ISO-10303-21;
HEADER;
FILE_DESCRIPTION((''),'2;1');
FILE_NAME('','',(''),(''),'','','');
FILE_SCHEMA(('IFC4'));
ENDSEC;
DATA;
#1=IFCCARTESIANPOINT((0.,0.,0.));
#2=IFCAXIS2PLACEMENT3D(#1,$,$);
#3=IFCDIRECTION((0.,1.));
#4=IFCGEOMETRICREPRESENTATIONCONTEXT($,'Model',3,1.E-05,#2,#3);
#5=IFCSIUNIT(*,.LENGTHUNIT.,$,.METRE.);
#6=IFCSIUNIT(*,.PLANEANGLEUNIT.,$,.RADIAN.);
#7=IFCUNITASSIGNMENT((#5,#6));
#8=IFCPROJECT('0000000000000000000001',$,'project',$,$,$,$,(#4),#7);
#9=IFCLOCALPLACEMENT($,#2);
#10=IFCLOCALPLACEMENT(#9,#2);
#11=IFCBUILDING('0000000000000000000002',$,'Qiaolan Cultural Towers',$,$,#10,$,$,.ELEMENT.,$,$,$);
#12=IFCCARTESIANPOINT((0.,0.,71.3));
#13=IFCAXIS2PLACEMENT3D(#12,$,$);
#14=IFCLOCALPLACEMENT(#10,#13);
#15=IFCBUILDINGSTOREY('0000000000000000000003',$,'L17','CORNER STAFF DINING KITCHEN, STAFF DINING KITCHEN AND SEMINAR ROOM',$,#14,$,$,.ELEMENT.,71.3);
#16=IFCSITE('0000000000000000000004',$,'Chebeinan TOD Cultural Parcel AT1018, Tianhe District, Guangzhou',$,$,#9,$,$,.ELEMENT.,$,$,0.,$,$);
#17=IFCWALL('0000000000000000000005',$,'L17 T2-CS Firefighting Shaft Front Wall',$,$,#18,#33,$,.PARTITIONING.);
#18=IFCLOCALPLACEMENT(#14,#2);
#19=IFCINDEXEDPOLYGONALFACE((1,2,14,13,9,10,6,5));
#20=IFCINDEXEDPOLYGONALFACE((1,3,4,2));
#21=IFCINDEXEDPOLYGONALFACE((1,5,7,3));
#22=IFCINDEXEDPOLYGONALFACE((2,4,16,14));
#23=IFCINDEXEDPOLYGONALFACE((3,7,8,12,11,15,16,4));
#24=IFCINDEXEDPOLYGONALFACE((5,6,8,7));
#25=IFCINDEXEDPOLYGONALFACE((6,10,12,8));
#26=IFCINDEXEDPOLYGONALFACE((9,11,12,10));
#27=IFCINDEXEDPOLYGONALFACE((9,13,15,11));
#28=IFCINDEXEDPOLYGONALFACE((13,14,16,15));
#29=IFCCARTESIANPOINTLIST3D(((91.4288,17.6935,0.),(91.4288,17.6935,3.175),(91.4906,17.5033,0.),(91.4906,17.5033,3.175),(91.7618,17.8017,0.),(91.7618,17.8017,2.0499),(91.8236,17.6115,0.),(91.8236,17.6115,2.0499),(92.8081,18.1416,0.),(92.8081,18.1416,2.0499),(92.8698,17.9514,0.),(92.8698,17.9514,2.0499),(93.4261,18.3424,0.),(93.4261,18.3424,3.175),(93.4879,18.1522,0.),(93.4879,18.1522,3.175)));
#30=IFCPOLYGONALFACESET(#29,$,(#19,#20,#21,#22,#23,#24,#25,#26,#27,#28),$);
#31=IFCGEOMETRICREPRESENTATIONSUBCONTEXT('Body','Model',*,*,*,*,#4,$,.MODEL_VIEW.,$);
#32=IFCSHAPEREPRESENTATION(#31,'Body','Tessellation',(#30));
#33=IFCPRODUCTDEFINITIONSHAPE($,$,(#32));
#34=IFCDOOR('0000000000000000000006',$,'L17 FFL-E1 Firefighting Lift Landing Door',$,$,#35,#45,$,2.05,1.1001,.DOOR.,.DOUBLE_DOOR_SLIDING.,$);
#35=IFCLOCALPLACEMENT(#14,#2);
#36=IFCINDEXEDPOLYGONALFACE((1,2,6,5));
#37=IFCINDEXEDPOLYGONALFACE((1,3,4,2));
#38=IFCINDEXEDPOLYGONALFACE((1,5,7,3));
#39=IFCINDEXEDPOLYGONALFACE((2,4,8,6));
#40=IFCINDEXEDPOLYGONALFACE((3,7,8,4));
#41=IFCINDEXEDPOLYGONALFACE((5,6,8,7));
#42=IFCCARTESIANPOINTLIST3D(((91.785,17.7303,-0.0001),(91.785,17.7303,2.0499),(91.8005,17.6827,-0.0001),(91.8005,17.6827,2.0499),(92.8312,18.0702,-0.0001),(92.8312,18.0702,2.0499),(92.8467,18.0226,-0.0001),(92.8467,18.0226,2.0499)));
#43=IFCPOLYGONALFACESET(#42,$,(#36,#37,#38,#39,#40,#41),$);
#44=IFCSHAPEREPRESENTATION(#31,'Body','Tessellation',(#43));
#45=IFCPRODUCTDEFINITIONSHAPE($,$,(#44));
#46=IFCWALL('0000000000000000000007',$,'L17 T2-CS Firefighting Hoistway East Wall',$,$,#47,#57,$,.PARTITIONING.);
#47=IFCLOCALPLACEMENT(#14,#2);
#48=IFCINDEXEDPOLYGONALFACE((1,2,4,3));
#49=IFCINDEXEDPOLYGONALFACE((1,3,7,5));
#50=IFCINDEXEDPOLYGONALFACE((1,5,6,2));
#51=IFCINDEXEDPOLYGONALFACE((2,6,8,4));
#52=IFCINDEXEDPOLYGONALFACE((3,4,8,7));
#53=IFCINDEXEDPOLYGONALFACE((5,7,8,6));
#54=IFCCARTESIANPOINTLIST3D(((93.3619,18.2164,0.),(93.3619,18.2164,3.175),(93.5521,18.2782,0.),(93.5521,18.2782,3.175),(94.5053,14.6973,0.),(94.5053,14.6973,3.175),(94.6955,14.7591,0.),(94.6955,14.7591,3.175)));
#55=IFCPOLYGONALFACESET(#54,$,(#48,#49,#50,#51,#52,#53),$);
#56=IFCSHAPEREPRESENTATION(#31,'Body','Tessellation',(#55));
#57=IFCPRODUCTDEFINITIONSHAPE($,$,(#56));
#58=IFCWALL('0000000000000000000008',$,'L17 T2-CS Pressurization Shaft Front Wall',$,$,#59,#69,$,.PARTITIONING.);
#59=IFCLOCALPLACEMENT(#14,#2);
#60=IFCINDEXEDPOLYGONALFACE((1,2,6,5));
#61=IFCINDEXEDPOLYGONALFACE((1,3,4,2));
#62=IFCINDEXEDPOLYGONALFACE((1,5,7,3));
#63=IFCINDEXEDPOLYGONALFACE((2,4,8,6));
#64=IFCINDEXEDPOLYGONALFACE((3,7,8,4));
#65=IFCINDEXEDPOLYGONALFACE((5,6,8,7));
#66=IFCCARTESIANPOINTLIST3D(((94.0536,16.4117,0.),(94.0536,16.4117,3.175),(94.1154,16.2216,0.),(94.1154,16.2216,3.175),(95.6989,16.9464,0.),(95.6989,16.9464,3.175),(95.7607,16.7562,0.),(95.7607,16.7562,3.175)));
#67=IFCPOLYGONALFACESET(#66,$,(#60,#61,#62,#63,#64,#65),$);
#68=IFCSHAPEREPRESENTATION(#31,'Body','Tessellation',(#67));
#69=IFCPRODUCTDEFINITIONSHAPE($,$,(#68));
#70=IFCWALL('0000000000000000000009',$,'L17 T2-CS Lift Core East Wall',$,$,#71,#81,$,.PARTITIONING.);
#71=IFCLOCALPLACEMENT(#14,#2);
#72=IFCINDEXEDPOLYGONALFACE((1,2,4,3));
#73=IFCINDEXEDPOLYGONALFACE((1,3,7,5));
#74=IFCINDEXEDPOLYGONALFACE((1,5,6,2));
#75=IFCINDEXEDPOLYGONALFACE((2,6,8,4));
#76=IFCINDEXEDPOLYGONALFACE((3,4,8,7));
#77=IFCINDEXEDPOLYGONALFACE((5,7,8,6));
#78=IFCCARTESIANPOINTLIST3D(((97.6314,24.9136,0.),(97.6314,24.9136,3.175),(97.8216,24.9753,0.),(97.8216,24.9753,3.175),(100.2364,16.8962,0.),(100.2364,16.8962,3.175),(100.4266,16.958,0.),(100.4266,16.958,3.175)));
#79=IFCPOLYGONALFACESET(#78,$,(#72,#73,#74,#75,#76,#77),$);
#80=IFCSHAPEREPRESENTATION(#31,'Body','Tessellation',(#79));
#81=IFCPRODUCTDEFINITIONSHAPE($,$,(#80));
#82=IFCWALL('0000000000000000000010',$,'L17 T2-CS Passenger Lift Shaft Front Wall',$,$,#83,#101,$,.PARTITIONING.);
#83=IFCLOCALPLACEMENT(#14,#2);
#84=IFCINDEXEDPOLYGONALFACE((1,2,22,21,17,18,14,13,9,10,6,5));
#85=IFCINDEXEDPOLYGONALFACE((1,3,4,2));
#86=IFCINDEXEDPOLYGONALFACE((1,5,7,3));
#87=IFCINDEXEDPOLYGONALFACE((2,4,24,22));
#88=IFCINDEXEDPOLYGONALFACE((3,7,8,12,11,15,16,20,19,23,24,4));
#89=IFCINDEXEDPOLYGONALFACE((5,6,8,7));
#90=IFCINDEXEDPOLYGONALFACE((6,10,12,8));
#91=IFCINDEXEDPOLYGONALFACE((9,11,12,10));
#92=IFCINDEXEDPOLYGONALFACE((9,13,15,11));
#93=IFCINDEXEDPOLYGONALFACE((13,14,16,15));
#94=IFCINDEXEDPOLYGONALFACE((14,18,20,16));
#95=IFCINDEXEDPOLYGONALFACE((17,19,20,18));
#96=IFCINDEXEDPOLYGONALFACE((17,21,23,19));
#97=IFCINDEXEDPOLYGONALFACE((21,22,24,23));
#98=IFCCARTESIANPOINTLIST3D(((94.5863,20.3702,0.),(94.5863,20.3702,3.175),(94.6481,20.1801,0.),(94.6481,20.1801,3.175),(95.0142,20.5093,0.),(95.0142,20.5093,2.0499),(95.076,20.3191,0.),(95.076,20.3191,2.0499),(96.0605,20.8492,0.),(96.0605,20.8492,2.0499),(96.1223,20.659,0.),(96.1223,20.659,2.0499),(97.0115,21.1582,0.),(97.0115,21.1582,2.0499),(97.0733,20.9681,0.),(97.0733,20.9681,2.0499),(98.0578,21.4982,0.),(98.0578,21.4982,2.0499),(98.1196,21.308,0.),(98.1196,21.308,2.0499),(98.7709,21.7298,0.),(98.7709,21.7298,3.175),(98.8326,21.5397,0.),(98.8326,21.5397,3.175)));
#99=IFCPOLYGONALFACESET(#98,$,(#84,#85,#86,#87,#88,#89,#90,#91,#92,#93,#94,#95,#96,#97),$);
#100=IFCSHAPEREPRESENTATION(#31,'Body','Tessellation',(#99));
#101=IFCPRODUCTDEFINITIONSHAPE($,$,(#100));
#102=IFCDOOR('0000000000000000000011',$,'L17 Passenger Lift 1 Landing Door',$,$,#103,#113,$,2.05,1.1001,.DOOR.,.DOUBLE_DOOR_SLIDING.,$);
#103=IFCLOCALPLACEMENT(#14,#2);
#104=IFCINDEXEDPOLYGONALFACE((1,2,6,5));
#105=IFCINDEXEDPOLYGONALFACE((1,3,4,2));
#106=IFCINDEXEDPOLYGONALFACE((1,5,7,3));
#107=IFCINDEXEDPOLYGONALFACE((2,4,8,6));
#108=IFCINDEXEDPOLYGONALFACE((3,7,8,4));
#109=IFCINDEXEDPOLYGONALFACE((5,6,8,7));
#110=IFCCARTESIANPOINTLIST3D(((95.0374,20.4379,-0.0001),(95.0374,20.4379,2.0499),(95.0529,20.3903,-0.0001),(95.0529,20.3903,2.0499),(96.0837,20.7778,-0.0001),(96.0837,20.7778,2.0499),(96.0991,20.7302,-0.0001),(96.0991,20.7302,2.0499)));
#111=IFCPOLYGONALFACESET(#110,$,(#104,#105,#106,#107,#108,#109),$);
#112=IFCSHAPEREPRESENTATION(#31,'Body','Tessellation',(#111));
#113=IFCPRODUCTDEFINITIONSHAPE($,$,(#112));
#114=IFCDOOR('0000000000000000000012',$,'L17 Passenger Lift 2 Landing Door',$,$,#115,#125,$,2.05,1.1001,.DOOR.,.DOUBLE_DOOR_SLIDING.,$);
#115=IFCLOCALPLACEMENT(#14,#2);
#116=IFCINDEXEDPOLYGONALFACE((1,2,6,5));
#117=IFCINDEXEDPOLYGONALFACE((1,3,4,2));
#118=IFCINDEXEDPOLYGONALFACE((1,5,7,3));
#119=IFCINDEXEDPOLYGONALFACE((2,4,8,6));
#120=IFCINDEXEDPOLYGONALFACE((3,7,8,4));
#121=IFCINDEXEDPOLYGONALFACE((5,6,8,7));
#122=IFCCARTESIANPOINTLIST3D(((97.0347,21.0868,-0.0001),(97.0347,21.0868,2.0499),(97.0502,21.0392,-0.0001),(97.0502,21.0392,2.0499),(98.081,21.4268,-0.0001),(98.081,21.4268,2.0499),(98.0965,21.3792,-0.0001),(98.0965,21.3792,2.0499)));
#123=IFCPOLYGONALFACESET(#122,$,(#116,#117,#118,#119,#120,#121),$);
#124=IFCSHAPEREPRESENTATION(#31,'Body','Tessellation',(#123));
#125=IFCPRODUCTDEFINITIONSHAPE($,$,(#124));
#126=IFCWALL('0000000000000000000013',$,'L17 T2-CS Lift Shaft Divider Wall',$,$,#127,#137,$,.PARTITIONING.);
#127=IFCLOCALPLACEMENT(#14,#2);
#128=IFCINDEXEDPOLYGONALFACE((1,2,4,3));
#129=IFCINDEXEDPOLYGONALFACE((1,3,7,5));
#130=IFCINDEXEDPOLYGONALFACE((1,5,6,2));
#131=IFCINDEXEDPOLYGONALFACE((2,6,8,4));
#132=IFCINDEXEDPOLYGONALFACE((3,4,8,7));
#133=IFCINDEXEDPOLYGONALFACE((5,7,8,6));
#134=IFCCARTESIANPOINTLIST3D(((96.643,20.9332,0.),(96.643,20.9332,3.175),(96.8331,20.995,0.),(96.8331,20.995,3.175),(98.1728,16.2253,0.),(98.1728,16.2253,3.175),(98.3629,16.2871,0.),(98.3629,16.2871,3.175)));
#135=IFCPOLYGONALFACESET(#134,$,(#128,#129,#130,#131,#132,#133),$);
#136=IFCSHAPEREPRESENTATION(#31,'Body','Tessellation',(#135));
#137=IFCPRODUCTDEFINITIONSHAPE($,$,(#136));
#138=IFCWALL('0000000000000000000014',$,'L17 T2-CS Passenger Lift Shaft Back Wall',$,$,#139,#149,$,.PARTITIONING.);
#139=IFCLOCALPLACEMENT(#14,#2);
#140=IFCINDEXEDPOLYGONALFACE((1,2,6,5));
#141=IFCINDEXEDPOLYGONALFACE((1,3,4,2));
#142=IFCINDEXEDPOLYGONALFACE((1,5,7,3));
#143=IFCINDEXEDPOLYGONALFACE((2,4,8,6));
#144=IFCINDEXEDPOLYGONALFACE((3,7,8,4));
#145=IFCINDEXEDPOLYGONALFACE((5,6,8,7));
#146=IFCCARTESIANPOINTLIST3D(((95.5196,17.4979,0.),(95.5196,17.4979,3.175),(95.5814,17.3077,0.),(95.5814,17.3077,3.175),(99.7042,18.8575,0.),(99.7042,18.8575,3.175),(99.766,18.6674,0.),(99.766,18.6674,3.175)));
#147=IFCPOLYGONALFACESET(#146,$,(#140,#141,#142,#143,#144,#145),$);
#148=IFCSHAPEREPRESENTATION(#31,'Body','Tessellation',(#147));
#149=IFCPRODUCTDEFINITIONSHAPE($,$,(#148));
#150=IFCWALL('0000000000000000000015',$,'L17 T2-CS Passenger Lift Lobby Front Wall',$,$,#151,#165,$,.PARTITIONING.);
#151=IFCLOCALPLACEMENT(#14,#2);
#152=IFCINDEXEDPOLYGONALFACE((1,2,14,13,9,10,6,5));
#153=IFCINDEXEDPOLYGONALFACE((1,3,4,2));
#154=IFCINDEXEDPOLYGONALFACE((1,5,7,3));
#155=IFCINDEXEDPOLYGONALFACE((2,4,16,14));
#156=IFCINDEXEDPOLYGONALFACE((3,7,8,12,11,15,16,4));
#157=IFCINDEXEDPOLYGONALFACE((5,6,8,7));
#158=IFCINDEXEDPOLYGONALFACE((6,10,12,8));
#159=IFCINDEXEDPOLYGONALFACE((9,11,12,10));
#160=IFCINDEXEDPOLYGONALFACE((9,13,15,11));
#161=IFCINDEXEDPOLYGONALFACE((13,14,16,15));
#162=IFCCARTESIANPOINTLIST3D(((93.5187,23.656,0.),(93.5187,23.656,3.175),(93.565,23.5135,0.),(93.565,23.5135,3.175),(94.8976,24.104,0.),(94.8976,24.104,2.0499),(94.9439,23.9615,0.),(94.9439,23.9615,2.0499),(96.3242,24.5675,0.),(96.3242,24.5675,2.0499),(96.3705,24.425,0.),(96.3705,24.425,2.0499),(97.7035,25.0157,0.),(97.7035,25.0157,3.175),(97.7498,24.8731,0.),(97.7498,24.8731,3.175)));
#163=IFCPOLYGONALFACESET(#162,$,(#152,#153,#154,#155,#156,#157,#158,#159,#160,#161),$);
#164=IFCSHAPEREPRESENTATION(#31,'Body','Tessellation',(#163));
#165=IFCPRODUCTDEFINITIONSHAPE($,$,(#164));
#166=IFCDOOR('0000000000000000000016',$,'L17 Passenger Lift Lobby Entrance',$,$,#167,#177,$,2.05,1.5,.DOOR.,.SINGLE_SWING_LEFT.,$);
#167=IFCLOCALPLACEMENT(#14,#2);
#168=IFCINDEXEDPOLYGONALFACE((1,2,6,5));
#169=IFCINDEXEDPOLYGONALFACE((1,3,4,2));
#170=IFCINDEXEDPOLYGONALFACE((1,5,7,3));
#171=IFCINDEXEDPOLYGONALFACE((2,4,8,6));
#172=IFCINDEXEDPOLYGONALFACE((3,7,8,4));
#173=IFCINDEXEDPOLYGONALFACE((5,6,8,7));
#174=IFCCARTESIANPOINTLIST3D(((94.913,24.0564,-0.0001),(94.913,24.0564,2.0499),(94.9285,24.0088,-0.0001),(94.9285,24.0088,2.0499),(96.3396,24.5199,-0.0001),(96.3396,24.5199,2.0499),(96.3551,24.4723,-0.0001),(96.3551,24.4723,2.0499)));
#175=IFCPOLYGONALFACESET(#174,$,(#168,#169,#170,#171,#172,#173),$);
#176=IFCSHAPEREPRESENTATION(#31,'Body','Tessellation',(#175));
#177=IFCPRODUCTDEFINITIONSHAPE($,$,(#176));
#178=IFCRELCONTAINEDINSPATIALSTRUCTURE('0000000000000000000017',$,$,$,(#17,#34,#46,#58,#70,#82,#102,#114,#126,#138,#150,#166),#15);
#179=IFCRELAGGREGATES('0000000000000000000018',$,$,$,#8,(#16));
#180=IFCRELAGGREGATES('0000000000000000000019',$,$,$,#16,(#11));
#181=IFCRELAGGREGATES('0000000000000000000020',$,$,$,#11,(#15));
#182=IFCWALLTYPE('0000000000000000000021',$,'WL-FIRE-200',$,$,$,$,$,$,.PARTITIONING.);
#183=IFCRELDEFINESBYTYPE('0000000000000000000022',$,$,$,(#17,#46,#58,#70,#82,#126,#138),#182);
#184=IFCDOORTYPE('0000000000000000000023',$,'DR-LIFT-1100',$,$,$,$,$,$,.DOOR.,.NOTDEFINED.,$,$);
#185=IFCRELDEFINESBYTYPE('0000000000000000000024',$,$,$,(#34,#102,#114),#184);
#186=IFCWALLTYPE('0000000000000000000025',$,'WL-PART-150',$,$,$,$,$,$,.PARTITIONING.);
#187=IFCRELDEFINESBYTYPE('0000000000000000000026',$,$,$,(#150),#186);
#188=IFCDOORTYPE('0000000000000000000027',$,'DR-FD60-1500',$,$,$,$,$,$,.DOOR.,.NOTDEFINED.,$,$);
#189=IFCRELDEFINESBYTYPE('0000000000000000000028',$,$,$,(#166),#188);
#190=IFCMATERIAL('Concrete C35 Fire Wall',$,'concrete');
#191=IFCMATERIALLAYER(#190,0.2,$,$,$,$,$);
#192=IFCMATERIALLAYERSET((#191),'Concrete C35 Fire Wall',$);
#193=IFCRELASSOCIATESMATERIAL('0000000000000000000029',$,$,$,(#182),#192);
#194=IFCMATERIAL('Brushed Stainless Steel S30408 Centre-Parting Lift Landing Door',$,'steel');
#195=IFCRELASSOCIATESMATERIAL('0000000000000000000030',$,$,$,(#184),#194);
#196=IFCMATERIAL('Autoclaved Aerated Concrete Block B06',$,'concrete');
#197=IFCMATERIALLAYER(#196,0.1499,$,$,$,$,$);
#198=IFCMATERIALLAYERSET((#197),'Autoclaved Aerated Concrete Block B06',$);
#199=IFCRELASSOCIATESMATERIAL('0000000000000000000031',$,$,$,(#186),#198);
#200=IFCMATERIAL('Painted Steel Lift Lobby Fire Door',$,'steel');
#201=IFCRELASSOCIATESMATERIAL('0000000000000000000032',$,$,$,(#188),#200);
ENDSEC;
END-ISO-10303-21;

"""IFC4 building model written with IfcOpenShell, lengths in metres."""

from ifc_helpers import new_model, si_unit, direction, frame, frame_2d, origin, place, context, subcontext, project, spatial, rectangle, extrude, material, layer, layer_set, type_object, element, fill, save


model = new_model("IFC4")

# Units and contexts
model_context = context("Model", 3, precision=1e-05, world=origin(), true_north=direction((0.0, 1.0)))
body_context = subcontext(model_context, "Body", "Model", "MODEL_VIEW")
ifc_project = project(units=[si_unit("LENGTHUNIT", "METRE"), si_unit("PLANEANGLEUNIT", "RADIAN")], contexts=[model_context])

# Site, building, storey
site_placement = place(None, origin())
site = spatial("IfcSite", under=ifc_project, at=site_placement, Name="Chebeinan TOD Cultural Parcel AT1018, Tianhe District, Guangzhou", CompositionType="ELEMENT", RefElevation=0.0)
building_placement = place(site_placement, origin())
building = spatial("IfcBuilding", under=site, at=building_placement, Name="Qiaolan Cultural Towers", CompositionType="ELEMENT")
storey_placement = place(building_placement, frame((0.0, 0.0, 71.3)))
storey = spatial("IfcBuildingStorey", under=building, at=storey_placement, Name="L17", Description="CORNER STAFF DINING KITCHEN, STAFF DINING KITCHEN AND SEMINAR ROOM", CompositionType="ELEMENT", Elevation=71.3)

# Shared definitions
ifc_material_1 = material(Name="Concrete C35 Fire Wall", Category="concrete")
ifc_layer_1 = layer(ifc_material_1, 0.2)
ifc_layer_set_1 = layer_set([ifc_layer_1], Name="Concrete C35 Fire Wall")
wall_type_1 = type_object("IfcWallType", Name="WL-FIRE-200", PredefinedType="PARTITIONING", material=ifc_layer_set_1)

# Wall, opening, door
wall_1_placement = place(storey_placement, frame((91.4597, 17.5984, 0.0), z_axis=(0.0, 0.0, 1.0), x_axis=(0.951062, 0.308999, 0.0)))
wall_1 = element("IfcWall", 1, at=wall_1_placement, inside=storey, type_object=wall_type_1, Name="L17 T2-CS Firefighting Shaft Front Wall", PredefinedType="PARTITIONING", context=body_context, shape_type="SweptSolid", body=[
    extrude(rectangle(XDim=2.1001, YDim=0.2, at=frame_2d((1.05, 0.0))), origin(), (0.0, 0.0, 1.0), 3.175),
])
opening_1_placement = place(wall_1_placement, frame((0.3501, 0.0, 0.0)))
opening_1 = element("IfcOpeningElement", 2, at=opening_1_placement, cuts=wall_1, PredefinedType="OPENING", context=body_context, shape_type="SweptSolid", body=[
    extrude(rectangle(XDim=1.1001, YDim=2.05, at=frame_2d((0.55, 1.0249))), frame((0.0, 0.1099, 0.0), z_axis=(0.0, -1.0, 0.0), x_axis=(1.0, 0.0, 0.0)), (0.0, 0.0, 1.0), 0.22),
])
ifc_material_2 = material(Name="Brushed Stainless Steel S30408 Centre-Parting Lift Landing Door", Category="steel")
door_type_1 = type_object("IfcDoorType", Name="DR-LIFT-1100", OperationType="NOTDEFINED", PredefinedType="DOOR", material=ifc_material_2)
door_1_placement = place(opening_1_placement, origin())
door_1 = element("IfcDoor", 3, at=door_1_placement, inside=storey, type_object=door_type_1, Name="L17 FFL-E1 Firefighting Lift Landing Door", OperationType="DOUBLE_DOOR_SLIDING", OverallHeight=2.05, OverallWidth=1.1001, PredefinedType="DOOR", context=body_context, shape_type="SweptSolid", body=[
    extrude(rectangle(XDim=1.1001, YDim=2.05, at=frame_2d((0.55, 1.0249))), frame((0.0, 0.0249, 0.0), z_axis=(0.0, -1.0, 0.0), x_axis=(1.0, 0.0, 0.0)), (0.0, 0.0, 1.0), 0.05),
])
fill(opening_1, door_1)

# Walls
wall_2_placement = place(storey_placement, frame((93.457, 18.2473, 0.0), z_axis=(0.0, 0.0, 1.0), x_axis=(0.308994, -0.951064, 0.0)))
element("IfcWall", 4, at=wall_2_placement, inside=storey, type_object=wall_type_1, Name="L17 T2-CS Firefighting Hoistway East Wall", PredefinedType="PARTITIONING", context=body_context, shape_type="SweptSolid", body=[
    extrude(rectangle(XDim=3.7002, YDim=0.2, at=frame_2d((1.8501, 0.0))), origin(), (0.0, 0.0, 1.0), 3.175),
])
wall_3_placement = place(storey_placement, frame((94.0845, 16.3167, 0.0), z_axis=(0.0, 0.0, 1.0), x_axis=(0.951041, 0.309064, 0.0)))
element("IfcWall", 5, at=wall_3_placement, inside=storey, type_object=wall_type_1, Name="L17 T2-CS Pressurization Shaft Front Wall", PredefinedType="PARTITIONING", context=body_context, shape_type="SweptSolid", body=[
    extrude(rectangle(XDim=1.73, YDim=0.2, at=frame_2d((0.865, 0.0))), origin(), (0.0, 0.0, 1.0), 3.175),
])
wall_4_placement = place(storey_placement, frame((97.7266, 24.9443, 0.0), z_axis=(0.0, 0.0, 1.0), x_axis=(0.309016, -0.951057, 0.0)))
element("IfcWall", 6, at=wall_4_placement, inside=storey, type_object=wall_type_1, Name="L17 T2-CS Lift Core East Wall", PredefinedType="PARTITIONING", context=body_context, shape_type="SweptSolid", body=[
    extrude(rectangle(XDim=8.4299, YDim=0.2, at=frame_2d((4.2148, 0.0))), origin(), (0.0, 0.0, 1.0), 3.175),
])

# Wall, openings, doors
wall_5_placement = place(storey_placement, frame((94.6172, 20.2751, 0.0), z_axis=(0.0, 0.0, 1.0), x_axis=(0.951059, 0.309011, 0.0)))
wall_5 = element("IfcWall", 7, at=wall_5_placement, inside=storey, type_object=wall_type_1, Name="L17 T2-CS Passenger Lift Shaft Front Wall", PredefinedType="PARTITIONING", context=body_context, shape_type="SweptSolid", body=[
    extrude(rectangle(XDim=4.3999, YDim=0.2, at=frame_2d((2.2, 0.0))), origin(), (0.0, 0.0, 1.0), 3.175),
])
opening_2_placement = place(wall_5_placement, frame((0.45, 0.0, 0.0)))
opening_2 = element("IfcOpeningElement", 8, at=opening_2_placement, cuts=wall_5, PredefinedType="OPENING", context=body_context, shape_type="SweptSolid", body=[
    extrude(rectangle(XDim=1.1001, YDim=2.05, at=frame_2d((0.55, 1.0249))), frame((0.0, 0.1099, 0.0), z_axis=(0.0, -1.0, 0.0), x_axis=(1.0, 0.0, 0.0)), (0.0, 0.0, 1.0), 0.22),
])
opening_3_placement = place(wall_5_placement, frame((2.55, 0.0, 0.0)))
opening_3 = element("IfcOpeningElement", 9, at=opening_3_placement, cuts=wall_5, PredefinedType="OPENING", context=body_context, shape_type="SweptSolid", body=[
    extrude(rectangle(XDim=1.1001, YDim=2.05, at=frame_2d((0.55, 1.0249))), frame((0.0, 0.1099, 0.0), z_axis=(0.0, -1.0, 0.0), x_axis=(1.0, 0.0, 0.0)), (0.0, 0.0, 1.0), 0.22),
])
door_2_placement = place(opening_2_placement, origin())
door_2 = element("IfcDoor", 10, at=door_2_placement, inside=storey, type_object=door_type_1, Name="L17 Passenger Lift 1 Landing Door", OperationType="DOUBLE_DOOR_SLIDING", OverallHeight=2.05, OverallWidth=1.1001, PredefinedType="DOOR", context=body_context, shape_type="SweptSolid", body=[
    extrude(rectangle(XDim=1.1001, YDim=2.05, at=frame_2d((0.55, 1.0249))), frame((0.0, 0.0249, 0.0), z_axis=(0.0, -1.0, 0.0), x_axis=(1.0, 0.0, 0.0)), (0.0, 0.0, 1.0), 0.05),
])
fill(opening_2, door_2)
door_3_placement = place(opening_3_placement, origin())
door_3 = element("IfcDoor", 11, at=door_3_placement, inside=storey, type_object=door_type_1, Name="L17 Passenger Lift 2 Landing Door", OperationType="DOUBLE_DOOR_SLIDING", OverallHeight=2.05, OverallWidth=1.1001, PredefinedType="DOOR", context=body_context, shape_type="SweptSolid", body=[
    extrude(rectangle(XDim=1.1001, YDim=2.05, at=frame_2d((0.55, 1.0249))), frame((0.0, 0.0249, 0.0), z_axis=(0.0, -1.0, 0.0), x_axis=(1.0, 0.0, 0.0)), (0.0, 0.0, 1.0), 0.05),
])
fill(opening_3, door_3)

# Walls
wall_6_placement = place(storey_placement, frame((96.738, 20.9641, 0.0), z_axis=(0.0, 0.0, 1.0), x_axis=(0.309043, -0.951048, 0.0)))
element("IfcWall", 12, at=wall_6_placement, inside=storey, type_object=wall_type_1, Name="L17 T2-CS Lift Shaft Divider Wall", PredefinedType="PARTITIONING", context=body_context, shape_type="SweptSolid", body=[
    extrude(rectangle(XDim=4.9502, YDim=0.2, at=frame_2d((2.4751, 0.0))), origin(), (0.0, 0.0, 1.0), 3.175),
])
wall_7_placement = place(storey_placement, frame((95.5505, 17.4028, 0.0), z_axis=(0.0, 0.0, 1.0), x_axis=(0.951059, 0.309011, 0.0)))
element("IfcWall", 13, at=wall_7_placement, inside=storey, type_object=wall_type_1, Name="L17 T2-CS Passenger Lift Shaft Back Wall", PredefinedType="PARTITIONING", context=body_context, shape_type="SweptSolid", body=[
    extrude(rectangle(XDim=4.3999, YDim=0.2, at=frame_2d((2.2, 0.0))), origin(), (0.0, 0.0, 1.0), 3.175),
])

# Wall, opening, door
ifc_material_3 = material(Name="Autoclaved Aerated Concrete Block B06", Category="concrete")
ifc_layer_2 = layer(ifc_material_3, 0.1499)
ifc_layer_set_2 = layer_set([ifc_layer_2], Name="Autoclaved Aerated Concrete Block B06")
wall_type_2 = type_object("IfcWallType", Name="WL-PART-150", PredefinedType="PARTITIONING", material=ifc_layer_set_2)
wall_8_placement = place(storey_placement, frame((93.5417, 23.5847, 0.0), z_axis=(0.0, 0.0, 1.0), x_axis=(0.951064, 0.308994, 0.0)))
wall_8 = element("IfcWall", 14, at=wall_8_placement, inside=storey, type_object=wall_type_2, Name="L17 T2-CS Passenger Lift Lobby Front Wall", PredefinedType="PARTITIONING", context=body_context, shape_type="SweptSolid", body=[
    extrude(rectangle(XDim=4.4001, YDim=0.1499, at=frame_2d((2.2002, 0.0))), origin(), (0.0, 0.0, 1.0), 3.175),
])
opening_4_placement = place(wall_8_placement, frame((1.45, 0.0, 0.0)))
opening_4 = element("IfcOpeningElement", 15, at=opening_4_placement, cuts=wall_8, PredefinedType="OPENING", context=body_context, shape_type="SweptSolid", body=[
    extrude(rectangle(XDim=1.5, YDim=2.05, at=frame_2d((0.75, 1.0249))), frame((0.0, 0.085, 0.0), z_axis=(0.0, -1.0, 0.0), x_axis=(1.0, 0.0, 0.0)), (0.0, 0.0, 1.0), 0.1699),
])
ifc_material_4 = material(Name="Painted Steel Lift Lobby Fire Door", Category="steel")
door_type_2 = type_object("IfcDoorType", Name="DR-FD60-1500", OperationType="NOTDEFINED", PredefinedType="DOOR", material=ifc_material_4)
door_4_placement = place(opening_4_placement, origin())
door_4 = element("IfcDoor", 16, at=door_4_placement, inside=storey, type_object=door_type_2, Name="L17 Passenger Lift Lobby Entrance", OperationType="SINGLE_SWING_LEFT", OverallHeight=2.05, OverallWidth=1.5, PredefinedType="DOOR", context=body_context, shape_type="SweptSolid", body=[
    extrude(rectangle(XDim=1.5, YDim=2.05, at=frame_2d((0.75, 1.0249))), frame((0.0, 0.0249, 0.0), z_axis=(0.0, -1.0, 0.0), x_axis=(1.0, 0.0, 0.0)), (0.0, 0.0, 1.0), 0.05),
])
fill(opening_4, door_4)

save(model, "model.ifc")
